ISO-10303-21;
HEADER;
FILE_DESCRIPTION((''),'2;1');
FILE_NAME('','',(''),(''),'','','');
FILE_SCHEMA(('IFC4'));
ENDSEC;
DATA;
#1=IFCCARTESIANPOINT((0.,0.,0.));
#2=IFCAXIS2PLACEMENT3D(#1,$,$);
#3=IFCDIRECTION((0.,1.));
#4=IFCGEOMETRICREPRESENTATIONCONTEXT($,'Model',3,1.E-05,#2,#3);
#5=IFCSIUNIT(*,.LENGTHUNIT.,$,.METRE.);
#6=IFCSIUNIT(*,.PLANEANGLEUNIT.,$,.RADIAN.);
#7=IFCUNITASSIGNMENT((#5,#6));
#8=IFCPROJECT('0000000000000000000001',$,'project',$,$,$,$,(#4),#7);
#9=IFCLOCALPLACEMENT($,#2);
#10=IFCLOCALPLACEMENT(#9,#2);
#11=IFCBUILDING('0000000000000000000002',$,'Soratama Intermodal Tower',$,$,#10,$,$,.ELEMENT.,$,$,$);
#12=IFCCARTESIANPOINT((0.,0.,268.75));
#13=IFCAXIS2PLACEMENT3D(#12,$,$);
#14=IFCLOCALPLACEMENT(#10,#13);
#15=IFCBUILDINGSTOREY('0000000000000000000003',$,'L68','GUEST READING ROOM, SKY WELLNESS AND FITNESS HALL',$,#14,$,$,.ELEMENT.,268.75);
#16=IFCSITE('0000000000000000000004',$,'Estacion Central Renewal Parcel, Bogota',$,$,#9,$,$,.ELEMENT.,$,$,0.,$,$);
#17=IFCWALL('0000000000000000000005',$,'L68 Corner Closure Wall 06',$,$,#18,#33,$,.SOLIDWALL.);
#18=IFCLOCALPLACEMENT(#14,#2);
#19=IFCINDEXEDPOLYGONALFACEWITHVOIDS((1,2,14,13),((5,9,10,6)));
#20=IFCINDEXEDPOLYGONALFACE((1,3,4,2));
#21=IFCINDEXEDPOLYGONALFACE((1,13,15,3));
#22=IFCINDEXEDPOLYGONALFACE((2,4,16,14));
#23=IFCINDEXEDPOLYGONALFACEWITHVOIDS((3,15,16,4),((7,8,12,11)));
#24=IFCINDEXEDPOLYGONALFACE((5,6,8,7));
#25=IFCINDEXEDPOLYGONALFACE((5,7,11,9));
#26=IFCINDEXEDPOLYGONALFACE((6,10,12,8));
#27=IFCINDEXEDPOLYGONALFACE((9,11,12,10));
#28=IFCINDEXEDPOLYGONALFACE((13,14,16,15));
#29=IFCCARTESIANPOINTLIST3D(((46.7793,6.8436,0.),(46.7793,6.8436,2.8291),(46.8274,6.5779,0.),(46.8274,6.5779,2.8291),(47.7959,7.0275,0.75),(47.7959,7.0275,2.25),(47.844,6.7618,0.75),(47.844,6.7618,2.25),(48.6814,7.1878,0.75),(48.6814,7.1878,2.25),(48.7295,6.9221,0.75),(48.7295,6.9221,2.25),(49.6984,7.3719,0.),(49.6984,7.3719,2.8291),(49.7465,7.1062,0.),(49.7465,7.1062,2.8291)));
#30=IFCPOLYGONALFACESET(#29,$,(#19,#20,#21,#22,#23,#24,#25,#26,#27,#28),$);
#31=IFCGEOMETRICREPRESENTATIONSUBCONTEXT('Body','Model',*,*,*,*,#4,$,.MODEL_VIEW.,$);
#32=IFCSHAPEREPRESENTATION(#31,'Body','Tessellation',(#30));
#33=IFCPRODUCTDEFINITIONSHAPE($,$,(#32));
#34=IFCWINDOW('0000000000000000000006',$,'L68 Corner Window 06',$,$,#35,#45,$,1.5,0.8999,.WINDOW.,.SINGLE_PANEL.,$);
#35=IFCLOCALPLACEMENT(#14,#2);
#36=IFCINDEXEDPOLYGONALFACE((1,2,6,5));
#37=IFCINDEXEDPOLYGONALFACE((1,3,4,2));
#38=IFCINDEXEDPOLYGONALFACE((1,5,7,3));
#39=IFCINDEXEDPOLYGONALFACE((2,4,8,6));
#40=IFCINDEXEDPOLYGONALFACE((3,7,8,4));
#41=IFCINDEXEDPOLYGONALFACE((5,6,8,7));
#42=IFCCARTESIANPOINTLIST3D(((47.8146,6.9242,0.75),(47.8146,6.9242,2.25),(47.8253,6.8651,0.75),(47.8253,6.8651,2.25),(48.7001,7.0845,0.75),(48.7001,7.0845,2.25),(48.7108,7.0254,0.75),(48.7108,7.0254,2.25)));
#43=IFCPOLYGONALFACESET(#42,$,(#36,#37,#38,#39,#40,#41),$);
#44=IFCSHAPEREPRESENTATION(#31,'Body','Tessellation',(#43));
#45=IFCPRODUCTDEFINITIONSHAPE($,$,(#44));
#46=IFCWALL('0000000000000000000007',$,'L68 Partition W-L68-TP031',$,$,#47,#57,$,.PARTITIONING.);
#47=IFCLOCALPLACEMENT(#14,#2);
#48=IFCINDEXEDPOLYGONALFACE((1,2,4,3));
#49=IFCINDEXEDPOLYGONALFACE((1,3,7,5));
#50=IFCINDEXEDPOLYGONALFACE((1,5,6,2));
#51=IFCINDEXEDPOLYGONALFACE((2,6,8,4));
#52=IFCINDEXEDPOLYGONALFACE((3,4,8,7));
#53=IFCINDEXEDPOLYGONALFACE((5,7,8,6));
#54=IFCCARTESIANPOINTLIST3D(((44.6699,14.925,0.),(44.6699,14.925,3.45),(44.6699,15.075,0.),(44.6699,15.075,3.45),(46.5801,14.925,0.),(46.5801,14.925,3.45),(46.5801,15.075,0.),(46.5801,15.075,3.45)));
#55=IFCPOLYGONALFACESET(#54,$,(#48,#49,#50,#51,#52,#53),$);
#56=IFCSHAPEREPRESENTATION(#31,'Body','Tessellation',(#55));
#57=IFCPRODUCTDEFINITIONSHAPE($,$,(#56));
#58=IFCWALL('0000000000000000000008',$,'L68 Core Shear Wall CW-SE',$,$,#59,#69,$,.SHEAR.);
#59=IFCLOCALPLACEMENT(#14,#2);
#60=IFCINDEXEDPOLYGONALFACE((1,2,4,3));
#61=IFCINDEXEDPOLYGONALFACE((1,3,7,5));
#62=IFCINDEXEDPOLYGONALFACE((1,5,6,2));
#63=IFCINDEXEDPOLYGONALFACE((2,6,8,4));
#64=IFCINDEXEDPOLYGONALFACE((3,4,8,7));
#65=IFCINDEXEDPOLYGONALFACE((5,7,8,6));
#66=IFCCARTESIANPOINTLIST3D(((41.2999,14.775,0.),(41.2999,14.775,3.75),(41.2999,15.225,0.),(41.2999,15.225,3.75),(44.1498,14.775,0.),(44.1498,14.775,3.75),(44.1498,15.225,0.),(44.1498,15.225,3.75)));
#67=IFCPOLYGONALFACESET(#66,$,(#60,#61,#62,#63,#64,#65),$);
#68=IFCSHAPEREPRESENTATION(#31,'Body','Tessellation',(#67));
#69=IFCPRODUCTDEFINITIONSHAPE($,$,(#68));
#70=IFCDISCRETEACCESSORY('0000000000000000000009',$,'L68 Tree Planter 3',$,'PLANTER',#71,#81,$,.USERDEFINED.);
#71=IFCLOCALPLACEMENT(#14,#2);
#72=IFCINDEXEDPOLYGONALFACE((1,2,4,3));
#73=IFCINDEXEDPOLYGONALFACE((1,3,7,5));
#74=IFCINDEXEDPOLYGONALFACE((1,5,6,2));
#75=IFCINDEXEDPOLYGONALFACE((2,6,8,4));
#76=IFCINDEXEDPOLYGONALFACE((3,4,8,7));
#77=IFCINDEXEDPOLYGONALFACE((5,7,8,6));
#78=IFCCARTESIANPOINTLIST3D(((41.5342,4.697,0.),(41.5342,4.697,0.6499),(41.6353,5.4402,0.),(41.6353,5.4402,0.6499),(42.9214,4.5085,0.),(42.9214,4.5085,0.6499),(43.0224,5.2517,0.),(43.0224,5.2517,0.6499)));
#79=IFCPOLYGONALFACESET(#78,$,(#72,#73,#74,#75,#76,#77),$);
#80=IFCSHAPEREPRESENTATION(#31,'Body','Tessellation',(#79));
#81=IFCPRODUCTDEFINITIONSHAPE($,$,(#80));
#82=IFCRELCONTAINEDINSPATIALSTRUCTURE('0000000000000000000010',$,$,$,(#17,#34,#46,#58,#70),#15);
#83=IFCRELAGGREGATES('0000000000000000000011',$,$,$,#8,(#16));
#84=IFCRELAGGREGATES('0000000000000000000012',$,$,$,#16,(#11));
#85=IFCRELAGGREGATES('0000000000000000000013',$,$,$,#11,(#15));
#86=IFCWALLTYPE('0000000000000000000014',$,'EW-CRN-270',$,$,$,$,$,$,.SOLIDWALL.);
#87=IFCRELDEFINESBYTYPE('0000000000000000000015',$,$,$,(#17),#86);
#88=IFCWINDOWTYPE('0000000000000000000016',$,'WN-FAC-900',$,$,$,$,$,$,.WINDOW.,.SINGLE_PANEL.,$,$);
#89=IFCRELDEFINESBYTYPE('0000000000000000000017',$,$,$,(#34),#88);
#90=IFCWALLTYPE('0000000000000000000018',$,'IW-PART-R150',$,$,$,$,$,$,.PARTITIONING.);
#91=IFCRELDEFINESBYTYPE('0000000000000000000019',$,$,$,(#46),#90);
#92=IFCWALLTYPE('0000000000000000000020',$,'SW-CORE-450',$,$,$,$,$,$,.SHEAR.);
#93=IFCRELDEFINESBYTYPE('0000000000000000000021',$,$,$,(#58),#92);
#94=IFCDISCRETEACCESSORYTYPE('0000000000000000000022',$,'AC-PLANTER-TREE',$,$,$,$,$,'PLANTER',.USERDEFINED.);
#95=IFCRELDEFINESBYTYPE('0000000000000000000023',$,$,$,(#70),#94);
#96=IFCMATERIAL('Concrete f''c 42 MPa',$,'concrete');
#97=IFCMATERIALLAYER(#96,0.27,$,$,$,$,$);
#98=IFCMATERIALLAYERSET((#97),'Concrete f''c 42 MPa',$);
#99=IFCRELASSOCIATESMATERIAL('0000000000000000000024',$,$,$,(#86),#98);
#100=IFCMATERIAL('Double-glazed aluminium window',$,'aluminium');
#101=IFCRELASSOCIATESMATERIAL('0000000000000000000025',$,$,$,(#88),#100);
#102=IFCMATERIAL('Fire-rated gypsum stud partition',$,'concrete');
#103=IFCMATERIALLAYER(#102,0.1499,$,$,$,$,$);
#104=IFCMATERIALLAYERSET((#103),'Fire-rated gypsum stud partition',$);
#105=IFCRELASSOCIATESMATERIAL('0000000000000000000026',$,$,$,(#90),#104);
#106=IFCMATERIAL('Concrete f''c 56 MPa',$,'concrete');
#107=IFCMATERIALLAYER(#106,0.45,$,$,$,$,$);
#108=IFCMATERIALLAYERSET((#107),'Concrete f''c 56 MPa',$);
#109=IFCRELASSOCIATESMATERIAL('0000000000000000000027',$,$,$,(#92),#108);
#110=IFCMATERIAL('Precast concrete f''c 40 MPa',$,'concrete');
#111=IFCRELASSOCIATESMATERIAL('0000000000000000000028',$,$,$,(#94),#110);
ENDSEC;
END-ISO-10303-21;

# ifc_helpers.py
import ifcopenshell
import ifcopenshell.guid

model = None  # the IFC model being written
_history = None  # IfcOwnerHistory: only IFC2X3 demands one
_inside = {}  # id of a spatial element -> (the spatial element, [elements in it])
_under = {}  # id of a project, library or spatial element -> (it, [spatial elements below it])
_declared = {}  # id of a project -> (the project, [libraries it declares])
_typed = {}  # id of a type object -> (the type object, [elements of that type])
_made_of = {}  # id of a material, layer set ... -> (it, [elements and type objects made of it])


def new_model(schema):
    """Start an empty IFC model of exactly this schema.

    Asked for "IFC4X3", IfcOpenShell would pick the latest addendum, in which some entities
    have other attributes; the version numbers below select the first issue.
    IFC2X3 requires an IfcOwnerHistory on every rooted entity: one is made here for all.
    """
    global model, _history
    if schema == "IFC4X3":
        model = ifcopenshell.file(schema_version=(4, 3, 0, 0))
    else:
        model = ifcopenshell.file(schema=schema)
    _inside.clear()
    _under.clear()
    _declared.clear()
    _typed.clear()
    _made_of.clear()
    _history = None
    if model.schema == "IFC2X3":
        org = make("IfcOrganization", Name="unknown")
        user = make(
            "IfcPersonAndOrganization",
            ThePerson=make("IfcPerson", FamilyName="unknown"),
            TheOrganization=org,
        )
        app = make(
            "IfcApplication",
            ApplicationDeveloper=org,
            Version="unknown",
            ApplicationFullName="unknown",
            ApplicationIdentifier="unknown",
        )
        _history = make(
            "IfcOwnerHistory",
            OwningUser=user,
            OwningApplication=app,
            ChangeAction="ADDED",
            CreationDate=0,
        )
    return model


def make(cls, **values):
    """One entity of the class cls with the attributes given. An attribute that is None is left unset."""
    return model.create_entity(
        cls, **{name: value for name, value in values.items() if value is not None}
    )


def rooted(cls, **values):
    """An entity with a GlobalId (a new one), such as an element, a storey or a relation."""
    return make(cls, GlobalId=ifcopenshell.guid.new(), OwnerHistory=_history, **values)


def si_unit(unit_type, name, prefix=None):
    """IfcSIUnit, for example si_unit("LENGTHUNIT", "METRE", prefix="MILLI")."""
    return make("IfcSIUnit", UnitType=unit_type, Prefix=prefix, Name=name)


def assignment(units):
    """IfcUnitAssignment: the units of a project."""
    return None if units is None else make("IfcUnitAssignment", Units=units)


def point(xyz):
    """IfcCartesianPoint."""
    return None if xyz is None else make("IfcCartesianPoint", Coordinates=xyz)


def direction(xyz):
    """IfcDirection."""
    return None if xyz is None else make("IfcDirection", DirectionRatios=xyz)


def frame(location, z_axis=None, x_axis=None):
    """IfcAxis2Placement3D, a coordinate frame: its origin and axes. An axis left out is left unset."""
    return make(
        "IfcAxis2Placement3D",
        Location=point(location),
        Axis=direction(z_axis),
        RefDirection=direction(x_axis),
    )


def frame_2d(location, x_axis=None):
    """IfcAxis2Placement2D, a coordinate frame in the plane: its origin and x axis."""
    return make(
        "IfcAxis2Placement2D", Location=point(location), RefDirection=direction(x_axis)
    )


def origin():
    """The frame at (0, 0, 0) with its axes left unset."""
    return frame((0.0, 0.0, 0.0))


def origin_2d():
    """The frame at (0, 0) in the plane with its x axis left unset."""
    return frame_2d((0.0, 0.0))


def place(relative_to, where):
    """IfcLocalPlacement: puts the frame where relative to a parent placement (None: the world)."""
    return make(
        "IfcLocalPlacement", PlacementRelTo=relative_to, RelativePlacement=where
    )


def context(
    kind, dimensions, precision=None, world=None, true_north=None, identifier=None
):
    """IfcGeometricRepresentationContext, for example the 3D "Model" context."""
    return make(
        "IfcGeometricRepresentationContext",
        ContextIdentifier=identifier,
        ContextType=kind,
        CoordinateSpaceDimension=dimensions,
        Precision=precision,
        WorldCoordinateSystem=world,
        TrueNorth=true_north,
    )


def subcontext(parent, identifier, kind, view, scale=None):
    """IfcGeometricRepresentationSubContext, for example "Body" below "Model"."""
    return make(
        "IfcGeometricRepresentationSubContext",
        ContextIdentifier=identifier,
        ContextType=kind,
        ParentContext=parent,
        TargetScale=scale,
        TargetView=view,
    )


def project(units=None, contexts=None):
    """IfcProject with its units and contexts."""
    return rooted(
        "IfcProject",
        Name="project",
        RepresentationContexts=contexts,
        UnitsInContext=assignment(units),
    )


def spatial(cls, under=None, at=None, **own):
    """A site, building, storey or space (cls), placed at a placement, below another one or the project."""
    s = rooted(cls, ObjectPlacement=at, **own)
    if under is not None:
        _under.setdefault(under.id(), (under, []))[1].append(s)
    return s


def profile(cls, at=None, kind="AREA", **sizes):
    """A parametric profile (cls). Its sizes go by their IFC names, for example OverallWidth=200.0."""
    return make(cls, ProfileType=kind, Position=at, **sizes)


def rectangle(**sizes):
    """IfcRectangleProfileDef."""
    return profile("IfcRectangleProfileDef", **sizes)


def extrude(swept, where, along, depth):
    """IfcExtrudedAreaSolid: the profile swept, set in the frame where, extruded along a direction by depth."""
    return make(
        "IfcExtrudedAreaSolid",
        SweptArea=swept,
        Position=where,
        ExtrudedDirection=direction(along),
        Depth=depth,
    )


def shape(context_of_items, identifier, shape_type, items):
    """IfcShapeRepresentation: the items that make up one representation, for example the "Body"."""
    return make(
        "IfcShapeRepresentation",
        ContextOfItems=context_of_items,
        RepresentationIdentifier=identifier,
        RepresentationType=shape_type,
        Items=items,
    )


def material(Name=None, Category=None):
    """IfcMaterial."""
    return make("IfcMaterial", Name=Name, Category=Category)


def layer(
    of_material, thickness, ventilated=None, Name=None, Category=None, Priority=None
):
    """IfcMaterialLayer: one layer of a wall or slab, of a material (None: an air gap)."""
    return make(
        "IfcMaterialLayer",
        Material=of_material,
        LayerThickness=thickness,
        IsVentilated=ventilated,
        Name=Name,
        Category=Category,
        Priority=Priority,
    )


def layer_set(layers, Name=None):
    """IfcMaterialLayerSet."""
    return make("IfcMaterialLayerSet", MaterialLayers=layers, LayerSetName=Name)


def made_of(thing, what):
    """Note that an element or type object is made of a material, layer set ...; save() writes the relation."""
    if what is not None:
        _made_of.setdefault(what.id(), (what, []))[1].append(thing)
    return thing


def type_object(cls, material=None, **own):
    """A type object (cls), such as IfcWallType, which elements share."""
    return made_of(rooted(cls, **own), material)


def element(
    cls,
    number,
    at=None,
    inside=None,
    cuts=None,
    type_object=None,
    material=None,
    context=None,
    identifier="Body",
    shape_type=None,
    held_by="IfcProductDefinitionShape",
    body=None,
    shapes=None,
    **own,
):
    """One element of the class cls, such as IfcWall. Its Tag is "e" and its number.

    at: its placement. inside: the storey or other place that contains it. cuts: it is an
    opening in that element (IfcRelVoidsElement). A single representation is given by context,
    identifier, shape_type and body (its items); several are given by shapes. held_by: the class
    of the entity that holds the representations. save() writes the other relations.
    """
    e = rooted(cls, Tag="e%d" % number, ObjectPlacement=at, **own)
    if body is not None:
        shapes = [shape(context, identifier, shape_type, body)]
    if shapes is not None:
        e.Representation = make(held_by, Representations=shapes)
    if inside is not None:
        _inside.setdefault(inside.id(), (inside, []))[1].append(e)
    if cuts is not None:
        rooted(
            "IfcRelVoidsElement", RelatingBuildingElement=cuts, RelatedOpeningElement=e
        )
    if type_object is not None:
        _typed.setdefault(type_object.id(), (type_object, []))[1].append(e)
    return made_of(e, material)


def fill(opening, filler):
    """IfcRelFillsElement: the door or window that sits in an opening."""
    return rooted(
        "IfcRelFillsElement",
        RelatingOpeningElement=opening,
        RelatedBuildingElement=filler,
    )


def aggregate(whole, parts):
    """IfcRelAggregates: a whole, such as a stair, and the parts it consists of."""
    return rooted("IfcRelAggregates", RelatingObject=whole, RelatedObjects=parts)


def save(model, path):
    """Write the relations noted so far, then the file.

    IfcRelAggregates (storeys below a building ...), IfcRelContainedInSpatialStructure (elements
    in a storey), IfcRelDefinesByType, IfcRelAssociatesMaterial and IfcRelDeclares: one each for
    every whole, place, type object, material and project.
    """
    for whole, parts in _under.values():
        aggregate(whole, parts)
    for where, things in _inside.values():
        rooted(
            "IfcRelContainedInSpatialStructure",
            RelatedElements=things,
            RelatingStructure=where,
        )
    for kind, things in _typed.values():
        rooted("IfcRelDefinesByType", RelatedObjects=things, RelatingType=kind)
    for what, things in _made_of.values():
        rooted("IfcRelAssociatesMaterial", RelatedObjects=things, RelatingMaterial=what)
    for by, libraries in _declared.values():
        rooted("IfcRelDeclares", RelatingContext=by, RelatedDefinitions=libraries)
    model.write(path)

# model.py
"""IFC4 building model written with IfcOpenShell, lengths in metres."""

from ifc_helpers import new_model, si_unit, direction, frame, frame_2d, origin, origin_2d, place, context, subcontext, project, spatial, rectangle, extrude, material, layer, layer_set, type_object, element, fill, save


model = new_model("IFC4")

# Units and contexts
model_context = context("Model", 3, precision=1e-05, world=origin(), true_north=direction((0.0, 1.0)))
body_context = subcontext(model_context, "Body", "Model", "MODEL_VIEW")
ifc_project = project(units=[si_unit("LENGTHUNIT", "METRE"), si_unit("PLANEANGLEUNIT", "RADIAN")], contexts=[model_context])

# Site, building, storey
site_placement = place(None, origin())
site = spatial("IfcSite", under=ifc_project, at=site_placement, Name="Estacion Central Renewal Parcel, Bogota", CompositionType="ELEMENT", RefElevation=0.0)
building_placement = place(site_placement, origin())
building = spatial("IfcBuilding", under=site, at=building_placement, Name="Soratama Intermodal Tower", CompositionType="ELEMENT")
storey_placement = place(building_placement, frame((0.0, 0.0, 268.75)))
storey = spatial("IfcBuildingStorey", under=building, at=storey_placement, Name="L68", Description="GUEST READING ROOM, SKY WELLNESS AND FITNESS HALL", CompositionType="ELEMENT", Elevation=268.75)

# Wall, opening, window
ifc_material_1 = material(Name="Concrete f'c 42 MPa", Category="concrete")
ifc_layer_1 = layer(ifc_material_1, 0.27)
ifc_layer_set_1 = layer_set([ifc_layer_1], Name="Concrete f'c 42 MPa")
wall_type_1 = type_object("IfcWallType", Name="EW-CRN-270", PredefinedType="SOLIDWALL", material=ifc_layer_set_1)
wall_1_placement = place(storey_placement, frame((46.8032, 6.7107, 0.0), z_axis=(0.0, 0.0, 1.0), x_axis=(0.984014, 0.178089, 0.0)))
wall_1 = element("IfcWall", 1, at=wall_1_placement, inside=storey, type_object=wall_type_1, Name="L68 Corner Closure Wall 06", PredefinedType="SOLIDWALL", context=body_context, shape_type="SweptSolid", body=[
    extrude(rectangle(XDim=2.9666, YDim=0.27, at=frame_2d((1.4834, 0.0))), origin(), (0.0, 0.0, 1.0), 2.8291),
])
opening_placement = place(wall_1_placement, frame((1.0332, 0.0, 0.75)))
opening = element("IfcOpeningElement", 2, at=opening_placement, cuts=wall_1, PredefinedType="OPENING", context=body_context, shape_type="SweptSolid", body=[
    extrude(rectangle(XDim=0.8999, YDim=1.5, at=frame_2d((0.45, 0.75))), frame((0.0, 0.145, 0.0), z_axis=(0.0, -1.0, 0.0), x_axis=(1.0, 0.0, 0.0)), (0.0, 0.0, 1.0), 0.29),
])
ifc_material_2 = material(Name="Double-glazed aluminium window", Category="aluminium")
window_type = type_object("IfcWindowType", Name="WN-FAC-900", PartitioningType="SINGLE_PANEL", PredefinedType="WINDOW", material=ifc_material_2)
window_placement = place(opening_placement, origin())
window = element("IfcWindow", 3, at=window_placement, inside=storey, type_object=window_type, Name="L68 Corner Window 06", OverallHeight=1.5, OverallWidth=0.8999, PartitioningType="SINGLE_PANEL", PredefinedType="WINDOW", context=body_context, shape_type="SweptSolid", body=[
    extrude(rectangle(XDim=0.8999, YDim=1.5, at=frame_2d((0.45, 0.75))), frame((0.0, 0.03, 0.0), z_axis=(0.0, -1.0, 0.0), x_axis=(1.0, 0.0, 0.0)), (0.0, 0.0, 1.0), 0.0601),
])
fill(opening, window)

# Walls
ifc_material_3 = material(Name="Fire-rated gypsum stud partition", Category="concrete")
ifc_layer_2 = layer(ifc_material_3, 0.1499)
ifc_layer_set_2 = layer_set([ifc_layer_2], Name="Fire-rated gypsum stud partition")
wall_type_2 = type_object("IfcWallType", Name="IW-PART-R150", PredefinedType="PARTITIONING", material=ifc_layer_set_2)
wall_2_placement = place(storey_placement, frame((46.5801, 15.0, 0.0), z_axis=(0.0, 0.0, 1.0), x_axis=(-1.0, 0.0, 0.0)))
element("IfcWall", 4, at=wall_2_placement, inside=storey, type_object=wall_type_2, Name="L68 Partition W-L68-TP031", PredefinedType="PARTITIONING", context=body_context, shape_type="SweptSolid", body=[
    extrude(rectangle(XDim=1.9102, YDim=0.1499, at=frame_2d((0.9551, 0.0))), origin(), (0.0, 0.0, 1.0), 3.45),
])
ifc_material_4 = material(Name="Concrete f'c 56 MPa", Category="concrete")
ifc_layer_3 = layer(ifc_material_4, 0.45)
ifc_layer_set_3 = layer_set([ifc_layer_3], Name="Concrete f'c 56 MPa")
wall_type_3 = type_object("IfcWallType", Name="SW-CORE-450", PredefinedType="SHEAR", material=ifc_layer_set_3)
wall_3_placement = place(storey_placement, frame((41.3, 15.0, 0.0), z_axis=(0.0, 0.0, 1.0), x_axis=(1.0, 0.0, 0.0)))
element("IfcWall", 5, at=wall_3_placement, inside=storey, type_object=wall_type_3, Name="L68 Core Shear Wall CW-SE", PredefinedType="SHEAR", context=body_context, shape_type="SweptSolid", body=[
    extrude(rectangle(XDim=2.8499, YDim=0.45, at=frame_2d((1.4248, 0.0))), origin(), (0.0, 0.0, 1.0), 3.75),
])

# Discrete accessory
ifc_material_5 = material(Name="Precast concrete f'c 40 MPa", Category="concrete")
discrete_accessory_type = type_object("IfcDiscreteAccessoryType", Name="AC-PLANTER-TREE", ElementType="PLANTER", PredefinedType="USERDEFINED", material=ifc_material_5)
discrete_accessory_placement = place(storey_placement, frame((42.2783, 4.9744, 0.0), z_axis=(0.0, 0.0, 1.0), x_axis=(-0.134678, -0.990889, 0.0)))
element("IfcDiscreteAccessory", 6, at=discrete_accessory_placement, inside=storey, type_object=discrete_accessory_type, Name="L68 Tree Planter 3", ObjectType="PLANTER", PredefinedType="USERDEFINED", context=body_context, shape_type="SweptSolid", body=[
    extrude(rectangle(XDim=0.75, YDim=1.3999, at=origin_2d()), origin(), (0.0, 0.0, 1.0), 0.6499),
])

save(model, "model.ifc")
